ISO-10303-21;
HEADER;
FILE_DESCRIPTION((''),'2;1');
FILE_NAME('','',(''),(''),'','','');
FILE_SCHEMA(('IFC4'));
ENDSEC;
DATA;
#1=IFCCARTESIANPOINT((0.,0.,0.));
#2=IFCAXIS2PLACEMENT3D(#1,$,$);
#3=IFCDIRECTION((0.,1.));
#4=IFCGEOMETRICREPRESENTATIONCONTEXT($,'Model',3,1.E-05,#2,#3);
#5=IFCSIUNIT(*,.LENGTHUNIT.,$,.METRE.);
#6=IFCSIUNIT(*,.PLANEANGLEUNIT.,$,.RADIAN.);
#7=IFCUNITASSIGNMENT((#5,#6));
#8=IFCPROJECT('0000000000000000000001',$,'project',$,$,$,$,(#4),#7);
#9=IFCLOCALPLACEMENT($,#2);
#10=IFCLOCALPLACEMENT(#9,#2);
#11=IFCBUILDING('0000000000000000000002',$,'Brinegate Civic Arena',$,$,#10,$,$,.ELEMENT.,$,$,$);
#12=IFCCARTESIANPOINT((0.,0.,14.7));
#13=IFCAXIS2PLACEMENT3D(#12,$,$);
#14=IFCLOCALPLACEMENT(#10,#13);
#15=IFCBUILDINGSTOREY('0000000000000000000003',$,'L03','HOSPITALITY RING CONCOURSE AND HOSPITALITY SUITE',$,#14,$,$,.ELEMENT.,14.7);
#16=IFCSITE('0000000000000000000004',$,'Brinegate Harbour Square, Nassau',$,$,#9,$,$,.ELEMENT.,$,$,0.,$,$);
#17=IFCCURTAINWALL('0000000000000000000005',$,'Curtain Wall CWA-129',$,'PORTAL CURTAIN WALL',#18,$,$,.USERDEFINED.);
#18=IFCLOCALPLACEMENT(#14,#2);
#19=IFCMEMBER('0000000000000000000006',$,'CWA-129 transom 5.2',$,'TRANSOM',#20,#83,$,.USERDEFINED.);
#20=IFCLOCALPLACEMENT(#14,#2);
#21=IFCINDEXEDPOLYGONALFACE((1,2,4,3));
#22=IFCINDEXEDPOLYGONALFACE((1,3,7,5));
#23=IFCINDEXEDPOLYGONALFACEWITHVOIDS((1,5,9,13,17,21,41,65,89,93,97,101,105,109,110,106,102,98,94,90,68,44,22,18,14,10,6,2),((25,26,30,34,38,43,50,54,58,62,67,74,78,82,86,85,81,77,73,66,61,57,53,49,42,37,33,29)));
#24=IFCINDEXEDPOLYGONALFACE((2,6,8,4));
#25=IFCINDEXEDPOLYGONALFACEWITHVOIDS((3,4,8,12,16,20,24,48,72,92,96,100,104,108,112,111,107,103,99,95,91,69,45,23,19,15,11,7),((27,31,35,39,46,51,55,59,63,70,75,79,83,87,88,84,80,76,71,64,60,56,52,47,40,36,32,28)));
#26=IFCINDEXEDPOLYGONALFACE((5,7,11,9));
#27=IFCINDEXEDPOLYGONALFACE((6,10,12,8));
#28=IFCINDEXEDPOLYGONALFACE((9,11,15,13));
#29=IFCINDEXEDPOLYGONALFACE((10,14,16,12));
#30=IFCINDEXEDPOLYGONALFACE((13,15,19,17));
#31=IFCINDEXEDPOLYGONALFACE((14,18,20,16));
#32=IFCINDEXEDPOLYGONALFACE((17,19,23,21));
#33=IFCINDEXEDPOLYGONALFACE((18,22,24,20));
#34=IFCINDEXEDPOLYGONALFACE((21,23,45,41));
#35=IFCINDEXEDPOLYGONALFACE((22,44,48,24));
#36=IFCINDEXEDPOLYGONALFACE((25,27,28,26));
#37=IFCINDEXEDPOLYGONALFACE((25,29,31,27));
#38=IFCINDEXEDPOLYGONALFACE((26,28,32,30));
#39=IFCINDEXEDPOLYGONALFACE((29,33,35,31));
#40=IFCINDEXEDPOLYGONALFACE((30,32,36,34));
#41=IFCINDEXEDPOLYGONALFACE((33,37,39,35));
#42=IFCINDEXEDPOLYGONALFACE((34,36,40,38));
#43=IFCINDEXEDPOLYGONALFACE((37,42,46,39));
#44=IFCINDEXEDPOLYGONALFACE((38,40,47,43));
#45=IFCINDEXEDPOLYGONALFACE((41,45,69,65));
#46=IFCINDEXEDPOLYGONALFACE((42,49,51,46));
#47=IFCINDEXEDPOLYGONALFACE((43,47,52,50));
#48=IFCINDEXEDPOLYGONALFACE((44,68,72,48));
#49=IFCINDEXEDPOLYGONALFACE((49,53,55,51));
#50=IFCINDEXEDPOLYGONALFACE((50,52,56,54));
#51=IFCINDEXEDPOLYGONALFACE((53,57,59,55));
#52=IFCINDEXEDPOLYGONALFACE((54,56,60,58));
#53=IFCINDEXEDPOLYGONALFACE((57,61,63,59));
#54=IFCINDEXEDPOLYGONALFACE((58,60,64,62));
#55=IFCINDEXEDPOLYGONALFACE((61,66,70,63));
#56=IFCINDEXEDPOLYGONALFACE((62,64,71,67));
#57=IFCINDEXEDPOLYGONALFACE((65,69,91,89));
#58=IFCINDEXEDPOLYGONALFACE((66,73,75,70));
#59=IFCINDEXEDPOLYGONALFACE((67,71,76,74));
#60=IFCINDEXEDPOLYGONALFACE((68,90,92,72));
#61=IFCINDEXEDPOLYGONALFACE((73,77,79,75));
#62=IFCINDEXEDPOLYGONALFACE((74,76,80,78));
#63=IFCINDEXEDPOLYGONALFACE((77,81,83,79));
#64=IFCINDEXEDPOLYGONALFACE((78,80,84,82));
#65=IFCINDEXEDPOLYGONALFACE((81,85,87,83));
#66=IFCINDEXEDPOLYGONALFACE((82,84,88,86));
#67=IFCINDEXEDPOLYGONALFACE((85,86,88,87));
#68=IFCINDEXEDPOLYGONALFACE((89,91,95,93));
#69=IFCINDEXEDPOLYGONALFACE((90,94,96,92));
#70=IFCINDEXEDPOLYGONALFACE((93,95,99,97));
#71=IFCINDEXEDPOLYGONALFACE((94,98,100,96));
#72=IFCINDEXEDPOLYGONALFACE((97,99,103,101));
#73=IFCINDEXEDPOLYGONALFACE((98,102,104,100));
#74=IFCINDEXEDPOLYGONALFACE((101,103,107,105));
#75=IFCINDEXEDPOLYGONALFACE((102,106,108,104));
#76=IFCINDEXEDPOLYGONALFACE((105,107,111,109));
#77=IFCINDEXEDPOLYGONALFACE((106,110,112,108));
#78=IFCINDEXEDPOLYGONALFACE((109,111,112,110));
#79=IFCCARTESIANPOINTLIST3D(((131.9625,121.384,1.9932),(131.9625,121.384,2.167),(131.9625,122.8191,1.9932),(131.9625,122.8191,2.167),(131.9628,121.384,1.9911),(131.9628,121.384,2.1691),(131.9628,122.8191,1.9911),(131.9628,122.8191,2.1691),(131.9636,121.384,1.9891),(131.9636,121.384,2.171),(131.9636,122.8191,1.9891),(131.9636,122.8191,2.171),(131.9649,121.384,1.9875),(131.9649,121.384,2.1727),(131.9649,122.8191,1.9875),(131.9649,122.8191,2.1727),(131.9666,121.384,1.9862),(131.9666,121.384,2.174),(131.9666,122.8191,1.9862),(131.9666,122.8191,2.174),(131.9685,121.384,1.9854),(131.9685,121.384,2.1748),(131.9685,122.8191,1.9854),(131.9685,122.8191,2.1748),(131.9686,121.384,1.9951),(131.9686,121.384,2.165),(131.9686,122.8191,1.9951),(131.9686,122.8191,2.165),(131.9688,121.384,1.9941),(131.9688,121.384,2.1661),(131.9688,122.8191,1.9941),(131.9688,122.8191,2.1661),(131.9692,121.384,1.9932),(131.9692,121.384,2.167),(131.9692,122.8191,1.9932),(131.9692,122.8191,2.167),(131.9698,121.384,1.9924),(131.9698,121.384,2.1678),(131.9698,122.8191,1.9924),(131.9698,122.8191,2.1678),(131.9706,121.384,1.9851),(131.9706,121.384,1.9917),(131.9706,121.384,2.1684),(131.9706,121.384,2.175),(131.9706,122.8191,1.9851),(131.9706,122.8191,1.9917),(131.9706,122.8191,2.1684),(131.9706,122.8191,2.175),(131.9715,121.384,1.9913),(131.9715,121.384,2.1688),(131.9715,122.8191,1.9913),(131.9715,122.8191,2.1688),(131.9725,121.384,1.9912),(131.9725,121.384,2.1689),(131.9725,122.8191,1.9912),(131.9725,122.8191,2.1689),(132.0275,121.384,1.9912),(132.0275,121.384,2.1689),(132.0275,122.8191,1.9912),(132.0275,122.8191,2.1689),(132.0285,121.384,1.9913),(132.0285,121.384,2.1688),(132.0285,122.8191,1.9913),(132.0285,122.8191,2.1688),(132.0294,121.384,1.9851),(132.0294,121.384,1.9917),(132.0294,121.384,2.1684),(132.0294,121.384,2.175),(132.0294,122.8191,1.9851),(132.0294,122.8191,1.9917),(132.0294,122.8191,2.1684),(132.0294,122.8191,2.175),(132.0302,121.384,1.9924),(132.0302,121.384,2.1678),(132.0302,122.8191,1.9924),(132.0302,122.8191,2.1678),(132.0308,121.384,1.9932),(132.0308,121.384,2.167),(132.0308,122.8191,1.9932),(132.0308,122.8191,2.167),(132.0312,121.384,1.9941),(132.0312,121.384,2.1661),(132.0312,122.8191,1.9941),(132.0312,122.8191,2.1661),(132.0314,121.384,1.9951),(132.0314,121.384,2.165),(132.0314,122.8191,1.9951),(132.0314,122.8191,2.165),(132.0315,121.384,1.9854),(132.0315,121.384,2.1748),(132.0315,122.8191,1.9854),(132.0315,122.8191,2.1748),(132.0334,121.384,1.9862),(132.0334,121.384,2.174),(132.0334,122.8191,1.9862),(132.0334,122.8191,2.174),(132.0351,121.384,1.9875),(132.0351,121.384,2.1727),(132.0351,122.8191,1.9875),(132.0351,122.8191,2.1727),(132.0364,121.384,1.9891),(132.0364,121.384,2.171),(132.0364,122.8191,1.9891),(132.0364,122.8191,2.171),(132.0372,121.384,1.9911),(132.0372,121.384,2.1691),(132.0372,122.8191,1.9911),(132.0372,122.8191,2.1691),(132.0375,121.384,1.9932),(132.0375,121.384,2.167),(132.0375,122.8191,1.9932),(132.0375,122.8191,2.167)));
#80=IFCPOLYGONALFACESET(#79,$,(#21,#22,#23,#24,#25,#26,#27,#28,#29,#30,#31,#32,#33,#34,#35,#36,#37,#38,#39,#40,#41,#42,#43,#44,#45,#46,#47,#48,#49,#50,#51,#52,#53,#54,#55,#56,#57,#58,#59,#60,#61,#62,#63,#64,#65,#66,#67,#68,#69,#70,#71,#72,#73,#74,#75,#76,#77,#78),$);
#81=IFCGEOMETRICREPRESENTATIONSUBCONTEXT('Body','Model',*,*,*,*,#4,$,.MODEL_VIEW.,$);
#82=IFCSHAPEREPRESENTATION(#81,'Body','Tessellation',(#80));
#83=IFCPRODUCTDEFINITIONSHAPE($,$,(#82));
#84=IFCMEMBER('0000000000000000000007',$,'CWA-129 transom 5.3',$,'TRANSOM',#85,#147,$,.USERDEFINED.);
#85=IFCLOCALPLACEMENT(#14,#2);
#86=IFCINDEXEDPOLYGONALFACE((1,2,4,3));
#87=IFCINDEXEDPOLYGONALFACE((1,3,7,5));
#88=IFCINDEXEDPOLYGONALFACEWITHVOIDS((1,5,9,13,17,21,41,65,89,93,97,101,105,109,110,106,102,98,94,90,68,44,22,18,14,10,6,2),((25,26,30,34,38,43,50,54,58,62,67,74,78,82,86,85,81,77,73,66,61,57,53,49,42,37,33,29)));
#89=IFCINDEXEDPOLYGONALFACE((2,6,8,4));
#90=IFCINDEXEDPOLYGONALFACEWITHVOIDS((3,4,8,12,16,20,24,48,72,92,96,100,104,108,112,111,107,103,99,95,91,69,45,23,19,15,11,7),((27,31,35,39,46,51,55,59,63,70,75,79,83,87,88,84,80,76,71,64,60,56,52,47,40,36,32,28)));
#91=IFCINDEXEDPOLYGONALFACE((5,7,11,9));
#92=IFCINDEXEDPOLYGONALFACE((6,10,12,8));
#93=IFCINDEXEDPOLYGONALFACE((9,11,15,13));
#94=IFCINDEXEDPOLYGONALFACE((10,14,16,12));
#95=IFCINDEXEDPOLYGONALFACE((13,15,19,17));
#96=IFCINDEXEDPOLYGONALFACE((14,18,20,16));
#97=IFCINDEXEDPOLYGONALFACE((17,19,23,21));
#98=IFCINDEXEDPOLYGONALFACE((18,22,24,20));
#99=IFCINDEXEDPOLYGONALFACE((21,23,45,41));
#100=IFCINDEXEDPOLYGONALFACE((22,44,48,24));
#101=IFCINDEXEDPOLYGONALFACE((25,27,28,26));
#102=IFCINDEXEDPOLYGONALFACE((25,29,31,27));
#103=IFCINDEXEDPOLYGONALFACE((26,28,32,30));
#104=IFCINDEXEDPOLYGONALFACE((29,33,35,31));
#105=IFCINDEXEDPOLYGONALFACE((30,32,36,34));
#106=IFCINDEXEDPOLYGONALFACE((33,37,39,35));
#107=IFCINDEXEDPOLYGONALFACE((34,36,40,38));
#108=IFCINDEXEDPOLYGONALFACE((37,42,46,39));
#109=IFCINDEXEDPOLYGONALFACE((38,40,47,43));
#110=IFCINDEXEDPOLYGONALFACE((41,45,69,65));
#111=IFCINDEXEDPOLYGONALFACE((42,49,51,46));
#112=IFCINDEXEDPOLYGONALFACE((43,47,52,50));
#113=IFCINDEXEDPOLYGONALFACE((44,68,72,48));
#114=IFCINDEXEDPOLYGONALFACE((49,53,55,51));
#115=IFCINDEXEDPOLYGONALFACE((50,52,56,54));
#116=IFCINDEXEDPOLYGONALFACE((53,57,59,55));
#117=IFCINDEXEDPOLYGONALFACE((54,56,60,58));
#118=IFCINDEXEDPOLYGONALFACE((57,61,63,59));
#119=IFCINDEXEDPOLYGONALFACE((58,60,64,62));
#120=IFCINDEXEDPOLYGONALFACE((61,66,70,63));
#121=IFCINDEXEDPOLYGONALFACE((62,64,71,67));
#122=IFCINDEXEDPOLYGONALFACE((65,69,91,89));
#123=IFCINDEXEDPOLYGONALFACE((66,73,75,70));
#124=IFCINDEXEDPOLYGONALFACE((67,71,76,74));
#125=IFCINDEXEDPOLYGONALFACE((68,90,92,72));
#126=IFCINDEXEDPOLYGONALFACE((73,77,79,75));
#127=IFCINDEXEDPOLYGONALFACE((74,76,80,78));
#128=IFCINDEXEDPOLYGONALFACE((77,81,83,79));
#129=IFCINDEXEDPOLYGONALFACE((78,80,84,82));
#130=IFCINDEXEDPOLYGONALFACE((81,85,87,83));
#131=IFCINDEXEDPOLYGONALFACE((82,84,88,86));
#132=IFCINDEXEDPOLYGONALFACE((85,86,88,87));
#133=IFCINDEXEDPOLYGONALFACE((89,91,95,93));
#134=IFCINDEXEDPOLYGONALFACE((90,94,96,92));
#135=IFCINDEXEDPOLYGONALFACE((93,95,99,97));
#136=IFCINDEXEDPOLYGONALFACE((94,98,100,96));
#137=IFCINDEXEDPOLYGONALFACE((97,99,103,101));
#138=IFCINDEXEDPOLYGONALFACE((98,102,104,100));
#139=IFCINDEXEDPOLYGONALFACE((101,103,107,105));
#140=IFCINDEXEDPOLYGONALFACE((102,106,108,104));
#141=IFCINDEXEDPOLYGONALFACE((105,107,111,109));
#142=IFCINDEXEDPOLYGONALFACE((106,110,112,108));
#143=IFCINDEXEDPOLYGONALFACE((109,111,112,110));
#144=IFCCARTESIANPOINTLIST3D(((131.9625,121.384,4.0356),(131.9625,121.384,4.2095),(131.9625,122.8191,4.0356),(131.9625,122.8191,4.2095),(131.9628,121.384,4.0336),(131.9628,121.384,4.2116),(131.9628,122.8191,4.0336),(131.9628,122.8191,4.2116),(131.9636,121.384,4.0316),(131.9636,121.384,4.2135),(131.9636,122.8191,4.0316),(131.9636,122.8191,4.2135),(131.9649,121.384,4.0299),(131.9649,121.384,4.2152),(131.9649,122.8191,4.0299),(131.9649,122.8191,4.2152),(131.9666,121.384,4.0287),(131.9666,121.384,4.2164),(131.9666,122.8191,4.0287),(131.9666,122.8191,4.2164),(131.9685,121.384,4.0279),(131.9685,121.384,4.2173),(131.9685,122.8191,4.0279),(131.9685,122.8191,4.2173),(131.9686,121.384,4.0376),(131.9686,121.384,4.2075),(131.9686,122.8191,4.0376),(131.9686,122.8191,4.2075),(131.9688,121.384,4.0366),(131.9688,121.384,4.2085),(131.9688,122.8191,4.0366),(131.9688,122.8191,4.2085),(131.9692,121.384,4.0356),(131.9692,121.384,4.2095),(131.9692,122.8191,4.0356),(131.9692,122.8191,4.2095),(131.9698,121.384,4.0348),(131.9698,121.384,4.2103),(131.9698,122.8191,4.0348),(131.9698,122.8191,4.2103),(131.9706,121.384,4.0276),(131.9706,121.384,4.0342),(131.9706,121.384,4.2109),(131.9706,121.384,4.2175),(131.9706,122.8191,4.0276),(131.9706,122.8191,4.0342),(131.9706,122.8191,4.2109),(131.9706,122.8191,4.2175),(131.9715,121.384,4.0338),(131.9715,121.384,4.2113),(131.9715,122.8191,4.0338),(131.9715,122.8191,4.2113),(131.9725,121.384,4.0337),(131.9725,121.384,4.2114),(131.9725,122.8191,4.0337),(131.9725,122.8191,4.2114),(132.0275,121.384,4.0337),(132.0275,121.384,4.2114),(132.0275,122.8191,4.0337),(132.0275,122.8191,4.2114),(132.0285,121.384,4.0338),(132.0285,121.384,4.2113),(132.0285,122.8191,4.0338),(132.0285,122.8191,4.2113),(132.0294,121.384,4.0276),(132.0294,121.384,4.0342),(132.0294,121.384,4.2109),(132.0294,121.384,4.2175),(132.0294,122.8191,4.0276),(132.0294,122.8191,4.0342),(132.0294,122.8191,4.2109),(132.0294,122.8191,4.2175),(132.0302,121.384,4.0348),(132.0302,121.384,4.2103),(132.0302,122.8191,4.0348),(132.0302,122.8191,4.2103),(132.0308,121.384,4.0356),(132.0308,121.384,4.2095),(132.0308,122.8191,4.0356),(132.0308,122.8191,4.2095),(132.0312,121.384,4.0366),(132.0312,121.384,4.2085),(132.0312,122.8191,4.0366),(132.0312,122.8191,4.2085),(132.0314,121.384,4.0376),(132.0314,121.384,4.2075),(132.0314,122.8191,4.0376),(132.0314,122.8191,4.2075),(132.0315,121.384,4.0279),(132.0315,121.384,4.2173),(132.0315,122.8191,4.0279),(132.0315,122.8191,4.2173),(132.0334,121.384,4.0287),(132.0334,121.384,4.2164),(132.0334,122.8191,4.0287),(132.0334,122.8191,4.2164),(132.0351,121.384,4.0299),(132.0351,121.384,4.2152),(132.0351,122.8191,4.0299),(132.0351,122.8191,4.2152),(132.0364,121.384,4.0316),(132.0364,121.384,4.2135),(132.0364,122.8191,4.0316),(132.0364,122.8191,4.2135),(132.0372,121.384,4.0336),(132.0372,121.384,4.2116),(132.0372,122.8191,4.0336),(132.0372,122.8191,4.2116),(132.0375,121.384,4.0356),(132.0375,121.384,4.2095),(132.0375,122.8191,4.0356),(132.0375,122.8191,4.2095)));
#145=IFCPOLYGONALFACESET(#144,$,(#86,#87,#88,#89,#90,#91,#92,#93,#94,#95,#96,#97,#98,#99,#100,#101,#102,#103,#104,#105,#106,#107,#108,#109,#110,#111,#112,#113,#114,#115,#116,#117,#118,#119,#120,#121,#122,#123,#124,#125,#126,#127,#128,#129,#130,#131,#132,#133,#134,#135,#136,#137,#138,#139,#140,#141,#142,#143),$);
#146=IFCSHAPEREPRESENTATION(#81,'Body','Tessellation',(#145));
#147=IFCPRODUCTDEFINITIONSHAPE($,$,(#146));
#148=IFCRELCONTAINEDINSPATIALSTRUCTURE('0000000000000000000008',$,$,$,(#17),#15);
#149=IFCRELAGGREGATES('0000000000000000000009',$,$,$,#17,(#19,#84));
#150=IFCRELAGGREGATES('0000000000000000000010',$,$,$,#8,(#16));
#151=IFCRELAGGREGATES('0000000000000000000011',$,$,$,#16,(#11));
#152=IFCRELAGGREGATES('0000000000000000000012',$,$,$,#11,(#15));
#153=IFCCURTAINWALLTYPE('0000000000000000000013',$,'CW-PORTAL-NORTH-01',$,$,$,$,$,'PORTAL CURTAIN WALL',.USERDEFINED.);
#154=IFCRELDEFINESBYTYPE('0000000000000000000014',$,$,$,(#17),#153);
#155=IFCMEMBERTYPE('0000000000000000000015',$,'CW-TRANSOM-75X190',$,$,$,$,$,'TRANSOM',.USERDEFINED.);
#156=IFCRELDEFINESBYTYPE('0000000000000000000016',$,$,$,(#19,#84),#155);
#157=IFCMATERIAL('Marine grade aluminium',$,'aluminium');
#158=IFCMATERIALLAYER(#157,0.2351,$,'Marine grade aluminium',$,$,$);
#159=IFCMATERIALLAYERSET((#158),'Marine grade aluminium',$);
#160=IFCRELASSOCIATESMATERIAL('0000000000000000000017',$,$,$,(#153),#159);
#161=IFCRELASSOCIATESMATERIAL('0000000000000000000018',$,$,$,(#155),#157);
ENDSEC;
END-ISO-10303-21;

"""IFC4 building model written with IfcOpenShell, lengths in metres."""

from ifc_helpers import new_model, si_unit, direction, frame, origin, origin_2d, place, context, subcontext, project, spatial, hollow_rectangle, extrude, material, layer, layer_set, material_profile, profile_set, type_object, element, aggregate, save


model = new_model("IFC4")

# Units and contexts
model_context = context("Model", 3, precision=1e-05, world=origin(), true_north=direction((0.0, 1.0)))
body_context = subcontext(model_context, "Body", "Model", "MODEL_VIEW")
ifc_project = project(units=[si_unit("LENGTHUNIT", "METRE"), si_unit("PLANEANGLEUNIT", "RADIAN")], contexts=[model_context])

# Site, building, storey
site_placement = place(None, origin())
site = spatial("IfcSite", under=ifc_project, at=site_placement, Name="Brinegate Harbour Square, Nassau", CompositionType="ELEMENT", RefElevation=0.0)
building_placement = place(site_placement, origin())
building = spatial("IfcBuilding", under=site, at=building_placement, Name="Brinegate Civic Arena", CompositionType="ELEMENT")
storey_placement = place(building_placement, frame((0.0, 0.0, 14.7)))
storey = spatial("IfcBuildingStorey", under=building, at=storey_placement, Name="L03", Description="HOSPITALITY RING CONCOURSE AND HOSPITALITY SUITE", CompositionType="ELEMENT", Elevation=14.7)

# Curtain wall
ifc_material_1 = material(Name="Marine grade aluminium", Category="aluminium")
ifc_layer_1 = layer(ifc_material_1, 0.2351, Name="Marine grade aluminium")
ifc_layer_set_1 = layer_set([ifc_layer_1], Name="Marine grade aluminium")
curtain_wall_type_1 = type_object("IfcCurtainWallType", Name="CW-PORTAL-NORTH-01", ElementType="PORTAL CURTAIN WALL", PredefinedType="USERDEFINED", material=ifc_layer_set_1)
curtain_wall_1_placement = place(storey_placement, origin())
curtain_wall_1 = element("IfcCurtainWall", 1, at=curtain_wall_1_placement, inside=storey, type_object=curtain_wall_type_1, Name="Curtain Wall CWA-129", ObjectType="PORTAL CURTAIN WALL", PredefinedType="USERDEFINED")

# Members
ifc_material_profile_1 = material_profile(ifc_material_1, hollow_rectangle(XDim=0.075, YDim=0.1899, WallThickness=0.0061, InnerFilletRadius=0.0039, OuterFilletRadius=0.0081, at=origin_2d()), Name="TRN75X190")
ifc_profile_set_1 = profile_set([ifc_material_profile_1], Name="Marine grade aluminium")
member_type_1 = type_object("IfcMemberType", Name="CW-TRANSOM-75X190", ElementType="TRANSOM", PredefinedType="USERDEFINED", material=ifc_profile_set_1)
member_1_placement = place(storey_placement, frame((132.0, 121.384, 2.0801), z_axis=(0.0, 1.0, 0.0), x_axis=(-1.0, 0.0, 0.0)))
member_1 = element("IfcMember", 2, at=member_1_placement, type_object=member_type_1, Name="CWA-129 transom 5.2", ObjectType="TRANSOM", PredefinedType="USERDEFINED", context=body_context, shape_type="SweptSolid", body=[
    extrude(hollow_rectangle(XDim=0.075, YDim=0.1899, WallThickness=0.0061, InnerFilletRadius=0.0039, OuterFilletRadius=0.0081, at=origin_2d()), origin(), (0.0, 0.0, 1.0), 1.4351),
])
member_2_placement = place(storey_placement, frame((132.0, 121.384, 4.1226), z_axis=(0.0, 1.0, 0.0), x_axis=(-1.0, 0.0, 0.0)))
member_2 = element("IfcMember", 3, at=member_2_placement, type_object=member_type_1, Name="CWA-129 transom 5.3", ObjectType="TRANSOM", PredefinedType="USERDEFINED", context=body_context, shape_type="SweptSolid", body=[
    extrude(hollow_rectangle(XDim=0.075, YDim=0.1899, WallThickness=0.0061, InnerFilletRadius=0.0039, OuterFilletRadius=0.0081, at=origin_2d()), origin(), (0.0, 0.0, 1.0), 1.4351),
])

aggregate(curtain_wall_1, [member_1, member_2])

save(model, "model.ifc")
